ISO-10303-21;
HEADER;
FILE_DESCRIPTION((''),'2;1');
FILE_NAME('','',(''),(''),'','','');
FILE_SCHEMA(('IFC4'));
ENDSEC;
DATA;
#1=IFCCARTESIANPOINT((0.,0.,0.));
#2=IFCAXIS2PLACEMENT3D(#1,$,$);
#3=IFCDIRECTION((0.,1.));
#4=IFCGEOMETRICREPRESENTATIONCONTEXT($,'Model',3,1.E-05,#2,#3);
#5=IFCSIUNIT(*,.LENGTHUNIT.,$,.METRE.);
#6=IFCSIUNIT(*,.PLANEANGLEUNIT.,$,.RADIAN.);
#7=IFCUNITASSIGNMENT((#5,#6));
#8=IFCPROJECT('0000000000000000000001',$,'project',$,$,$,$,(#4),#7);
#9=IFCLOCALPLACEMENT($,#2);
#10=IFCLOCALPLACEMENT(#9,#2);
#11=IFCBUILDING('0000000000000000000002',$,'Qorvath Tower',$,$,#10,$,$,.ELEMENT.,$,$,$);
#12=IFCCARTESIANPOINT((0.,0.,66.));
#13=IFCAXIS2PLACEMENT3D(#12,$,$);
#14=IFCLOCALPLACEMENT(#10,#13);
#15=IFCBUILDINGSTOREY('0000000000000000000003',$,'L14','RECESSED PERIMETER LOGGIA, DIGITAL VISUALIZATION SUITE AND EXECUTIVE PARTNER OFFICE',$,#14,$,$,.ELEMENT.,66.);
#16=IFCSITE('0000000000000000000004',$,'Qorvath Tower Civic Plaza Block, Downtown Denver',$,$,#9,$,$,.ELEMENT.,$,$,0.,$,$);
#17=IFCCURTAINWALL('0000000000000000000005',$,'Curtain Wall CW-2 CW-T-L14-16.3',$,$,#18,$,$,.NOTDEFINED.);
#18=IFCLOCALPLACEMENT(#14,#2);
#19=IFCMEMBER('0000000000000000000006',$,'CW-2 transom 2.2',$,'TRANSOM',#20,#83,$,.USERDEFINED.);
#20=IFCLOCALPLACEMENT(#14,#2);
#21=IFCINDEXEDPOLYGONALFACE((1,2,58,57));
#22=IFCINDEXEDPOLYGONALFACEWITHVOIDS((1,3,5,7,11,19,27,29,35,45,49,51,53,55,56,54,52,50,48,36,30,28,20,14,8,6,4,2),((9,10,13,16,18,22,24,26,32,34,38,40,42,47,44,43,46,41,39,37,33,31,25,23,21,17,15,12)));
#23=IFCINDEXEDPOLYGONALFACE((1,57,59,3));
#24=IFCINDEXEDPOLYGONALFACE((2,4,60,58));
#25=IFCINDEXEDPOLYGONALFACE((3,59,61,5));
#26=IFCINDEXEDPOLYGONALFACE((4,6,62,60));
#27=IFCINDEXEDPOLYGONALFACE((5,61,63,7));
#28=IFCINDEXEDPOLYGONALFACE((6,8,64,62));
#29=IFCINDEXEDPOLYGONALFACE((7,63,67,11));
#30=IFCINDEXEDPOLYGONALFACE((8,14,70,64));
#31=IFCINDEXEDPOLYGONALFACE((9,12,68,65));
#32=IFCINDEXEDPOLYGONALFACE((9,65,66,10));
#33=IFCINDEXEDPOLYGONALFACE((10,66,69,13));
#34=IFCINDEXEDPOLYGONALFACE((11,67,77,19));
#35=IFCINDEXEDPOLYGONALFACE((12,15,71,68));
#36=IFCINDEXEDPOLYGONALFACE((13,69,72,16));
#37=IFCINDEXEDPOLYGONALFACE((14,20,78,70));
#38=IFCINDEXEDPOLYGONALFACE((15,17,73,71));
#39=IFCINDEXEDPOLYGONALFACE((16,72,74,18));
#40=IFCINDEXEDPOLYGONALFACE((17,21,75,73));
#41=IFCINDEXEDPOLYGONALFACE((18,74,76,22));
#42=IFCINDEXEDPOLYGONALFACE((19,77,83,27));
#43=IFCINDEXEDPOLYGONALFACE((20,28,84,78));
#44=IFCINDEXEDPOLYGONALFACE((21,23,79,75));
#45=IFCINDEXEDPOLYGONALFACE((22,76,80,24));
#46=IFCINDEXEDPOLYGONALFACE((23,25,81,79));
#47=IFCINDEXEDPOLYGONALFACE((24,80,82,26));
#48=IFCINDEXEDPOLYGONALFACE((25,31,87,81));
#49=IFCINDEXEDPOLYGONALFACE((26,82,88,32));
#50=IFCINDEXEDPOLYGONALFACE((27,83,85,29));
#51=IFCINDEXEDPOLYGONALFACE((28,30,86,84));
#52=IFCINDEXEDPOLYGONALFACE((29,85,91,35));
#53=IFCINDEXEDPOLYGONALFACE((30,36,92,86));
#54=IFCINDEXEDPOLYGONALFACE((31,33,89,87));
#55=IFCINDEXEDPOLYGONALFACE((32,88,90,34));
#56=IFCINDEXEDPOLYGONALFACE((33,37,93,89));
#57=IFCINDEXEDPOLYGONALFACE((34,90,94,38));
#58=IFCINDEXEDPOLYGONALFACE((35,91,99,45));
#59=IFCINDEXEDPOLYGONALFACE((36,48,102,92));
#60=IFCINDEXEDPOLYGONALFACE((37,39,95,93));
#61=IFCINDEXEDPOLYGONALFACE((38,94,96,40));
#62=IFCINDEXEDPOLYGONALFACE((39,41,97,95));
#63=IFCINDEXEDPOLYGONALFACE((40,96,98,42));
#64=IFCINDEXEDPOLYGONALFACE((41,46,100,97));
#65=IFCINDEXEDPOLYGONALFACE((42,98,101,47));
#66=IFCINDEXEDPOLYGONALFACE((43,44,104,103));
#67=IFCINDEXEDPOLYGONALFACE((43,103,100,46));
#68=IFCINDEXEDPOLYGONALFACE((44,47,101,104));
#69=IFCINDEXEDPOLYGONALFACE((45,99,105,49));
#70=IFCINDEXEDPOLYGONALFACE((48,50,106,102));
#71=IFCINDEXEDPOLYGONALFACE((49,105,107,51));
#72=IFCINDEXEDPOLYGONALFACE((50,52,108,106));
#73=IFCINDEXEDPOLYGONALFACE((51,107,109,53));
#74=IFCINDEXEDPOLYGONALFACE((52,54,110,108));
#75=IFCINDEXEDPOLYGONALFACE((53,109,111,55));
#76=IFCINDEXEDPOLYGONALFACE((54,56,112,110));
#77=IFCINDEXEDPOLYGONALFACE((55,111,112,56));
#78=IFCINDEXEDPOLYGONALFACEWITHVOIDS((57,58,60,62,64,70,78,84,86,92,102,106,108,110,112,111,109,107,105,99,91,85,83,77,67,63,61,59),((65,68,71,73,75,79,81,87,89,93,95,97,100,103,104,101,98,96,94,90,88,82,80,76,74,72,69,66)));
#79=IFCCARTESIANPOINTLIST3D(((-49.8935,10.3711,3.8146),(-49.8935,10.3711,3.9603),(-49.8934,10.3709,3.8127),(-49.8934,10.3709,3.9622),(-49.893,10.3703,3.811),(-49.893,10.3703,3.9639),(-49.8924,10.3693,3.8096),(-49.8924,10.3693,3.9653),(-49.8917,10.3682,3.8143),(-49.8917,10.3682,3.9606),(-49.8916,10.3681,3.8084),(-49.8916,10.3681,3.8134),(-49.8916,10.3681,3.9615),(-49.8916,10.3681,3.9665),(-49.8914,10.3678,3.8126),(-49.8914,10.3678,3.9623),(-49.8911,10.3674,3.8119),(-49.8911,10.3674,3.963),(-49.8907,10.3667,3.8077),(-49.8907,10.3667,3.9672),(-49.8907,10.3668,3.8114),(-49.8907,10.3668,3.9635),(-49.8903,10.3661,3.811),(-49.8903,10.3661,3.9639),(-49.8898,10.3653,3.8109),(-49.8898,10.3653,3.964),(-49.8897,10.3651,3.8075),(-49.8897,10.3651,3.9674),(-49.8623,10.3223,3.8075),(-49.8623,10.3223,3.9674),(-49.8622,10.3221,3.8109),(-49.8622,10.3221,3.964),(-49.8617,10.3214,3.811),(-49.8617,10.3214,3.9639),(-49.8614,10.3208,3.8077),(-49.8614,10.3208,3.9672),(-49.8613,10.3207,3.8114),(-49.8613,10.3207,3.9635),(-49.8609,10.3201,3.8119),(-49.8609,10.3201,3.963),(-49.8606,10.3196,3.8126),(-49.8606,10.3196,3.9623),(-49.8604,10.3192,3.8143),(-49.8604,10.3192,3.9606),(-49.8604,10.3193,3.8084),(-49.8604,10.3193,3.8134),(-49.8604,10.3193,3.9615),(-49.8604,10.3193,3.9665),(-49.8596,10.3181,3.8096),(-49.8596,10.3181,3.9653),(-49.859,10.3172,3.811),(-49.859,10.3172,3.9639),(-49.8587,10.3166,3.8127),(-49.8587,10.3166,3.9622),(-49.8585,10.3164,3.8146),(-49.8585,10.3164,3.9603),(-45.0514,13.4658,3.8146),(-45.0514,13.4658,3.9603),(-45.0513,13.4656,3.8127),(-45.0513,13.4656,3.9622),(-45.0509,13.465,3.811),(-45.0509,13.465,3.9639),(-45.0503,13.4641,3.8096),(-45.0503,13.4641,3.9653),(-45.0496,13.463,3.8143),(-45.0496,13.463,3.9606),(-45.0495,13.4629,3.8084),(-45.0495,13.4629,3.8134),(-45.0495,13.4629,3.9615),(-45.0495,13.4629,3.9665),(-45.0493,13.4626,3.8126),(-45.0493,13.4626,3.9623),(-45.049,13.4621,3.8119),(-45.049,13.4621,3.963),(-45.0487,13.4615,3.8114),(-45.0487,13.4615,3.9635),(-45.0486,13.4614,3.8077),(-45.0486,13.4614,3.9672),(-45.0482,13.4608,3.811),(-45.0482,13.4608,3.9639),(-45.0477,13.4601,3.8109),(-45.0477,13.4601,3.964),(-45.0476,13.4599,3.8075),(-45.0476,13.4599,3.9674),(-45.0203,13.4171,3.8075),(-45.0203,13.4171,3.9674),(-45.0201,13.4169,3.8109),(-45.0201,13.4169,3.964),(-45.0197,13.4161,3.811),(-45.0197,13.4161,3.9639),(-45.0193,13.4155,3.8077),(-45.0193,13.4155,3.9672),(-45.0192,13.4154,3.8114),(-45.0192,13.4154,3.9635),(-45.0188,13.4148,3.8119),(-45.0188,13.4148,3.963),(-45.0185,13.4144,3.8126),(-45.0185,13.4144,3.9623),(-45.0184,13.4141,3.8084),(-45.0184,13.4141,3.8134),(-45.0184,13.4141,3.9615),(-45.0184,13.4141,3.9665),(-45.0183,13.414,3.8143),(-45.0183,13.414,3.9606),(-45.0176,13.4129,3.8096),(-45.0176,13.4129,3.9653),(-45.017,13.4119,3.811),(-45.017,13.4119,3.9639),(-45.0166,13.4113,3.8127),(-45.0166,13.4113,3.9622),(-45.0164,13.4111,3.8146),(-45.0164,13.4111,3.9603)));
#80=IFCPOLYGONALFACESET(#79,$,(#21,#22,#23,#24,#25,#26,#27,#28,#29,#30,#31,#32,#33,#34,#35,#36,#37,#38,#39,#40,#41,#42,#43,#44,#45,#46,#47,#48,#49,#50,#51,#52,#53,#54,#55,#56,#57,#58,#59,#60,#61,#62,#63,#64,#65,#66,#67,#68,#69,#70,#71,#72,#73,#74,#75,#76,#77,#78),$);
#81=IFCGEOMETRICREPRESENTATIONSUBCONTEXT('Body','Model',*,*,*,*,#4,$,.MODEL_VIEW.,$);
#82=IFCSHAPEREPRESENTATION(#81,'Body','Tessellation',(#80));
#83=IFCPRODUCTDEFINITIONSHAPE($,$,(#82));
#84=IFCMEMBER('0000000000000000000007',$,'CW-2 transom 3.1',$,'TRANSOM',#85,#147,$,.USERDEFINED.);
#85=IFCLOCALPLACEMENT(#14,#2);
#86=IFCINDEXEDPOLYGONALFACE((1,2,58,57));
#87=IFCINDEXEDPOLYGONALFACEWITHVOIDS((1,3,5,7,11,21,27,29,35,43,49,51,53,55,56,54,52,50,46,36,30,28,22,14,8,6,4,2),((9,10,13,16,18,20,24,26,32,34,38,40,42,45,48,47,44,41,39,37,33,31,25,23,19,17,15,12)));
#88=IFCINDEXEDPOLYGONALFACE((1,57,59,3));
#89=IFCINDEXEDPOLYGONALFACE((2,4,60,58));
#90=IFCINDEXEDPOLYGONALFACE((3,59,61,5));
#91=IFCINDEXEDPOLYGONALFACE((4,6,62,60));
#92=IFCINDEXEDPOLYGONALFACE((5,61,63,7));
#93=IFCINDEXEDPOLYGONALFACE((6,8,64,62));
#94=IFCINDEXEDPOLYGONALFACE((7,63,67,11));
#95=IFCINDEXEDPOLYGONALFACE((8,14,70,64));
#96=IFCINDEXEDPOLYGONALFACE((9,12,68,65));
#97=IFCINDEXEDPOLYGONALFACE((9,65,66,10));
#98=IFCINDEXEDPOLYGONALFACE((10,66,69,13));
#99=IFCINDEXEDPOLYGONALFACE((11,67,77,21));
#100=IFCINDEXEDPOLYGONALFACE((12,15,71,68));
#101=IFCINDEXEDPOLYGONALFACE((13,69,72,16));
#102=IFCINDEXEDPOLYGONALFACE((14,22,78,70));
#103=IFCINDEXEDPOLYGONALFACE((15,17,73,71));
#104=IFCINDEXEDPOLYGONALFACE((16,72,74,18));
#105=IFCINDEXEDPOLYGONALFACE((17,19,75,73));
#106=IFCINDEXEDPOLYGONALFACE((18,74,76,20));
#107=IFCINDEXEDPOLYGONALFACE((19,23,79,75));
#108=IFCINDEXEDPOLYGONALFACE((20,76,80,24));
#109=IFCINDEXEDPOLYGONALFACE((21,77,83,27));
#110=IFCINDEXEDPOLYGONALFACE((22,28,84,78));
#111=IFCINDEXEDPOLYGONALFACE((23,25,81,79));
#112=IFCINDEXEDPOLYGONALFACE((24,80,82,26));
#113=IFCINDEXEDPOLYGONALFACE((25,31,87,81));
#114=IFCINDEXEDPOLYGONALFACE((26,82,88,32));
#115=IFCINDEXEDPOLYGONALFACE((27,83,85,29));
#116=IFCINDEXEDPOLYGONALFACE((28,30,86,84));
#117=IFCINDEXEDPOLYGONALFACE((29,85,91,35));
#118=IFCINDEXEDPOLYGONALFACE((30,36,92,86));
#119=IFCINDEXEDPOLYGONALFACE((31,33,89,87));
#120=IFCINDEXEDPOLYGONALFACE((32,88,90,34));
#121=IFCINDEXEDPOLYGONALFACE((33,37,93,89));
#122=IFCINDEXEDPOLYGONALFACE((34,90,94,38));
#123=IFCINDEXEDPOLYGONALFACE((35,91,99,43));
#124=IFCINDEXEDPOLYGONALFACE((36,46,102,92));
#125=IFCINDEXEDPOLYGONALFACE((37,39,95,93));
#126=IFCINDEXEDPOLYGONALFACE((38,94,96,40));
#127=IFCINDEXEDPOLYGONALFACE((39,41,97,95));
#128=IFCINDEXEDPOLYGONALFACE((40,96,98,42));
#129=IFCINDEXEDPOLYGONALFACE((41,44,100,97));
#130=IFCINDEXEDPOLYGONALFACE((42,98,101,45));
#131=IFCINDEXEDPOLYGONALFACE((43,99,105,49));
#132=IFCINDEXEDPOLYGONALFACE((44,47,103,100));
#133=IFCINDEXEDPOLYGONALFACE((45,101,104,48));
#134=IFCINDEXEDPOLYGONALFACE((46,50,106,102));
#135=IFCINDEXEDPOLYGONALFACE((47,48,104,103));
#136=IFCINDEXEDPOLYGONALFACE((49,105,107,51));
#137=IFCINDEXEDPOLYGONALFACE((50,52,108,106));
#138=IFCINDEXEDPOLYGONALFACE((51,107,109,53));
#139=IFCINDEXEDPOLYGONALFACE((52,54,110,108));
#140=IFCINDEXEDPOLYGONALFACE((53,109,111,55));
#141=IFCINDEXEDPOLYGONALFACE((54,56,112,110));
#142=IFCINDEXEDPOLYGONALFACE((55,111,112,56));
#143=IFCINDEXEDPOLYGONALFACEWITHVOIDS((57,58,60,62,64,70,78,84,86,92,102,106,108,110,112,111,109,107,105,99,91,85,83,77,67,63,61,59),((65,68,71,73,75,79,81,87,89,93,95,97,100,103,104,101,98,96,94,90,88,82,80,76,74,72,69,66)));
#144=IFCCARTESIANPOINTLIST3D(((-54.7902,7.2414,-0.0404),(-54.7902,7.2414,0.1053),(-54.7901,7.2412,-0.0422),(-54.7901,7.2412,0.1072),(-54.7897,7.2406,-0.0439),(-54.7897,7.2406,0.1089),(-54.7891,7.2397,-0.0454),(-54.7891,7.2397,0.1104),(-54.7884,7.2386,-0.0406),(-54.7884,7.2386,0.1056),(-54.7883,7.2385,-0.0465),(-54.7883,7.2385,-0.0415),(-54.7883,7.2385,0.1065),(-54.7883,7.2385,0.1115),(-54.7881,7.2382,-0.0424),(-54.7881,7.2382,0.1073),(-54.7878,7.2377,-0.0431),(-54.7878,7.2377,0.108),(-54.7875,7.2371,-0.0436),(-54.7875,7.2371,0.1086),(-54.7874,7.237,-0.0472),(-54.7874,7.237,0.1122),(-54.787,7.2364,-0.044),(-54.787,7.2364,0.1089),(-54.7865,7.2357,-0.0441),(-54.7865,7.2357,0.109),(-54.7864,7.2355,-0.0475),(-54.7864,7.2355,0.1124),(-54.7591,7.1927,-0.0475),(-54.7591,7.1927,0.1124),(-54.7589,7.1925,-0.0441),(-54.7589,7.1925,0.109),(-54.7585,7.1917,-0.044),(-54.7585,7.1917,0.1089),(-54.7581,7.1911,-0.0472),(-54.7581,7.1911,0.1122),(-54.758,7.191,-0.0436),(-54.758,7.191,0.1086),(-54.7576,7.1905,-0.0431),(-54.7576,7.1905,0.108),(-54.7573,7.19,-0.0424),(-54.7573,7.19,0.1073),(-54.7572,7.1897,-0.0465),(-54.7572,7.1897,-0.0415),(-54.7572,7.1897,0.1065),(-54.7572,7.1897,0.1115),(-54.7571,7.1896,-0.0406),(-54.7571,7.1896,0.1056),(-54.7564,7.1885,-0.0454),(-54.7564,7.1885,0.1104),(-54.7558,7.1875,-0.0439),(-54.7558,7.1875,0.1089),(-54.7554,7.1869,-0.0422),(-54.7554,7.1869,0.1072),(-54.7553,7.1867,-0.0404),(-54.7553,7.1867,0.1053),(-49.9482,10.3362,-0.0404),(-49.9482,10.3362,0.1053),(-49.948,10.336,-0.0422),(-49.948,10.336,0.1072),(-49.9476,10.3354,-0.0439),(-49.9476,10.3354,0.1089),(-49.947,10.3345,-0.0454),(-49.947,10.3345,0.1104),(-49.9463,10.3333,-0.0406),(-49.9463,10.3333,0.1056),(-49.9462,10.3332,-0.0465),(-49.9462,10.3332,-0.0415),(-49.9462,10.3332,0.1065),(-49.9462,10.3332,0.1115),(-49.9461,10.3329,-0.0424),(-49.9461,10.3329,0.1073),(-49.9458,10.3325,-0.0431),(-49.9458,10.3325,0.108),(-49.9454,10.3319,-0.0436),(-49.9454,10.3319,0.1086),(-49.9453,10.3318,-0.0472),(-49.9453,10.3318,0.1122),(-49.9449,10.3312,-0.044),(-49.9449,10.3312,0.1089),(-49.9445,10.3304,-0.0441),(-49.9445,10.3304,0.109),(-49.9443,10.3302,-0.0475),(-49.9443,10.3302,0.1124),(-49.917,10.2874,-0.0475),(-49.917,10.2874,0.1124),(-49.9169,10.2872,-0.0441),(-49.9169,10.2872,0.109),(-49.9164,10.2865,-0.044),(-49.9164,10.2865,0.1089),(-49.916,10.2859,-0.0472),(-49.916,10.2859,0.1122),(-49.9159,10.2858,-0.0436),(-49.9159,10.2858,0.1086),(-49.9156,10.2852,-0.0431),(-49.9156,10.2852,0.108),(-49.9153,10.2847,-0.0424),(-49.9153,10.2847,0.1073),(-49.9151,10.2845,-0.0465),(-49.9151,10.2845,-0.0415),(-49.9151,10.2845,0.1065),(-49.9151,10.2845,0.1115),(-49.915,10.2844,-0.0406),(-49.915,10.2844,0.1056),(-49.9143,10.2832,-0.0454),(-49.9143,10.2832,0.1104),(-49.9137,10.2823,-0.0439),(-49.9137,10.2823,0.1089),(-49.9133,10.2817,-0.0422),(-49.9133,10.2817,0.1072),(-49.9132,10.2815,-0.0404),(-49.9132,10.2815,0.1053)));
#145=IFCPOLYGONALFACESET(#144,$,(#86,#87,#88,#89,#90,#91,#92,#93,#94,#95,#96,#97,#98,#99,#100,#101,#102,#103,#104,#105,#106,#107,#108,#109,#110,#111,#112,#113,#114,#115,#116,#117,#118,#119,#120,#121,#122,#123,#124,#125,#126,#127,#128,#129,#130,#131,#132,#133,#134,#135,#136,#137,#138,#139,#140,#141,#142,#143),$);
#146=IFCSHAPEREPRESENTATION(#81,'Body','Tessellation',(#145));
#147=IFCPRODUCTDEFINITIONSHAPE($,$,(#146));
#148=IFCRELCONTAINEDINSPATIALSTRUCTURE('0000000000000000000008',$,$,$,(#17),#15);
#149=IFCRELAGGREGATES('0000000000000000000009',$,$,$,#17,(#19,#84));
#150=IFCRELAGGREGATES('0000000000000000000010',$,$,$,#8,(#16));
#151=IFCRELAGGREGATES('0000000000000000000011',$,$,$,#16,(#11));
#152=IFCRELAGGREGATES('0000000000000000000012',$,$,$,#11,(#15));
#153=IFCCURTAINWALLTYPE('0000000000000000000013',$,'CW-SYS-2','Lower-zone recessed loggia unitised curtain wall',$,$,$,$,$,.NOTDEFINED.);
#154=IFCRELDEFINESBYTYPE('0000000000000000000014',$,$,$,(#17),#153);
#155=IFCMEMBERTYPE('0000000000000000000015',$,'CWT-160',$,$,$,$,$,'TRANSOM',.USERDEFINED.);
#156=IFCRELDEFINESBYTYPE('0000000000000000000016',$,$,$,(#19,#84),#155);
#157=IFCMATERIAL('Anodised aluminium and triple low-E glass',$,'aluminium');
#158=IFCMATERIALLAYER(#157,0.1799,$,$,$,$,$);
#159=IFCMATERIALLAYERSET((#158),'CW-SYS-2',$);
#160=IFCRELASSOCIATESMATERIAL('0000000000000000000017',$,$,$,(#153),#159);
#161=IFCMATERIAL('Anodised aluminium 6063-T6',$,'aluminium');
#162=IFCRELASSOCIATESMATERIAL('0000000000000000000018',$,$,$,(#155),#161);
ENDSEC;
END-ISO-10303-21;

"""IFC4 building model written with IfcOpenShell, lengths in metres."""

from ifc_helpers import new_model, si_unit, direction, frame, origin, origin_2d, place, context, subcontext, project, spatial, hollow_rectangle, extrude, material, layer, layer_set, material_profile, profile_set, type_object, element, aggregate, save


model = new_model("IFC4")

# Units and contexts
model_context = context("Model", 3, precision=1e-05, world=origin(), true_north=direction((0.0, 1.0)))
body_context = subcontext(model_context, "Body", "Model", "MODEL_VIEW")
ifc_project = project(units=[si_unit("LENGTHUNIT", "METRE"), si_unit("PLANEANGLEUNIT", "RADIAN")], contexts=[model_context])

# Site, building, storey
site_placement = place(None, origin())
site = spatial("IfcSite", under=ifc_project, at=site_placement, Name="Qorvath Tower Civic Plaza Block, Downtown Denver", CompositionType="ELEMENT", RefElevation=0.0)
building_placement = place(site_placement, origin())
building = spatial("IfcBuilding", under=site, at=building_placement, Name="Qorvath Tower", CompositionType="ELEMENT")
storey_placement = place(building_placement, frame((0.0, 0.0, 66.0)))
storey = spatial("IfcBuildingStorey", under=building, at=storey_placement, Name="L14", Description="RECESSED PERIMETER LOGGIA, DIGITAL VISUALIZATION SUITE AND EXECUTIVE PARTNER OFFICE", CompositionType="ELEMENT", Elevation=66.0)

# Shared definitions
ifc_material_1 = material(Name="Anodised aluminium and triple low-E glass", Category="aluminium")
ifc_layer_1 = layer(ifc_material_1, 0.1799)
ifc_layer_set_1 = layer_set([ifc_layer_1], Name="CW-SYS-2")
curtain_wall_type = type_object("IfcCurtainWallType", Name="CW-SYS-2", Description="Lower-zone recessed loggia unitised curtain wall", PredefinedType="NOTDEFINED", material=ifc_layer_set_1)

# Curtain wall, members
curtain_wall_1_placement = place(storey_placement, origin())
curtain_wall_1 = element("IfcCurtainWall", 1, at=curtain_wall_1_placement, inside=storey, type_object=curtain_wall_type, Name="Curtain Wall CW-2 CW-T-L14-16.3", PredefinedType="NOTDEFINED")
ifc_material_2 = material(Name="Anodised aluminium 6063-T6", Category="aluminium")
ifc_material_profile_1 = material_profile(ifc_material_2, hollow_rectangle(XDim=0.0649, YDim=0.1599, WallThickness=0.0034, InnerFilletRadius=0.0034, OuterFilletRadius=0.0071, at=origin_2d()), Name="CWT 160x65")
ifc_profile_set_1 = profile_set([ifc_material_profile_1], Name="Anodised aluminium 6063-T6")
member_type_1 = type_object("IfcMemberType", Name="CWT-160", ElementType="TRANSOM", PredefinedType="USERDEFINED", material=ifc_profile_set_1)
member_1_placement = place(storey_placement, frame((-45.0339, 13.4385, 3.8875), z_axis=(-0.842601, -0.538538, 0.0), x_axis=(0.538538, -0.842601, 0.0)))
member_1 = element("IfcMember", 2, at=member_1_placement, type_object=member_type_1, Name="CW-2 transom 2.2", ObjectType="TRANSOM", PredefinedType="USERDEFINED", context=body_context, shape_type="SweptSolid", body=[
    extrude(hollow_rectangle(XDim=0.0649, YDim=0.1599, WallThickness=0.0034, InnerFilletRadius=0.0034, OuterFilletRadius=0.0071, at=origin_2d()), origin(), (0.0, 0.0, 1.0), 5.7466),
])
member_2_placement = place(storey_placement, frame((-49.9307, 10.3088, 0.0325), z_axis=(-0.842601, -0.538538, 0.0), x_axis=(0.538538, -0.842601, 0.0)))
member_2 = element("IfcMember", 3, at=member_2_placement, type_object=member_type_1, Name="CW-2 transom 3.1", ObjectType="TRANSOM", PredefinedType="USERDEFINED", context=body_context, shape_type="SweptSolid", body=[
    extrude(hollow_rectangle(XDim=0.0649, YDim=0.1599, WallThickness=0.0034, InnerFilletRadius=0.0034, OuterFilletRadius=0.0071, at=origin_2d()), origin(), (0.0, 0.0, 1.0), 5.7466),
])
aggregate(curtain_wall_1, [member_1, member_2])

save(model, "model.ifc")
